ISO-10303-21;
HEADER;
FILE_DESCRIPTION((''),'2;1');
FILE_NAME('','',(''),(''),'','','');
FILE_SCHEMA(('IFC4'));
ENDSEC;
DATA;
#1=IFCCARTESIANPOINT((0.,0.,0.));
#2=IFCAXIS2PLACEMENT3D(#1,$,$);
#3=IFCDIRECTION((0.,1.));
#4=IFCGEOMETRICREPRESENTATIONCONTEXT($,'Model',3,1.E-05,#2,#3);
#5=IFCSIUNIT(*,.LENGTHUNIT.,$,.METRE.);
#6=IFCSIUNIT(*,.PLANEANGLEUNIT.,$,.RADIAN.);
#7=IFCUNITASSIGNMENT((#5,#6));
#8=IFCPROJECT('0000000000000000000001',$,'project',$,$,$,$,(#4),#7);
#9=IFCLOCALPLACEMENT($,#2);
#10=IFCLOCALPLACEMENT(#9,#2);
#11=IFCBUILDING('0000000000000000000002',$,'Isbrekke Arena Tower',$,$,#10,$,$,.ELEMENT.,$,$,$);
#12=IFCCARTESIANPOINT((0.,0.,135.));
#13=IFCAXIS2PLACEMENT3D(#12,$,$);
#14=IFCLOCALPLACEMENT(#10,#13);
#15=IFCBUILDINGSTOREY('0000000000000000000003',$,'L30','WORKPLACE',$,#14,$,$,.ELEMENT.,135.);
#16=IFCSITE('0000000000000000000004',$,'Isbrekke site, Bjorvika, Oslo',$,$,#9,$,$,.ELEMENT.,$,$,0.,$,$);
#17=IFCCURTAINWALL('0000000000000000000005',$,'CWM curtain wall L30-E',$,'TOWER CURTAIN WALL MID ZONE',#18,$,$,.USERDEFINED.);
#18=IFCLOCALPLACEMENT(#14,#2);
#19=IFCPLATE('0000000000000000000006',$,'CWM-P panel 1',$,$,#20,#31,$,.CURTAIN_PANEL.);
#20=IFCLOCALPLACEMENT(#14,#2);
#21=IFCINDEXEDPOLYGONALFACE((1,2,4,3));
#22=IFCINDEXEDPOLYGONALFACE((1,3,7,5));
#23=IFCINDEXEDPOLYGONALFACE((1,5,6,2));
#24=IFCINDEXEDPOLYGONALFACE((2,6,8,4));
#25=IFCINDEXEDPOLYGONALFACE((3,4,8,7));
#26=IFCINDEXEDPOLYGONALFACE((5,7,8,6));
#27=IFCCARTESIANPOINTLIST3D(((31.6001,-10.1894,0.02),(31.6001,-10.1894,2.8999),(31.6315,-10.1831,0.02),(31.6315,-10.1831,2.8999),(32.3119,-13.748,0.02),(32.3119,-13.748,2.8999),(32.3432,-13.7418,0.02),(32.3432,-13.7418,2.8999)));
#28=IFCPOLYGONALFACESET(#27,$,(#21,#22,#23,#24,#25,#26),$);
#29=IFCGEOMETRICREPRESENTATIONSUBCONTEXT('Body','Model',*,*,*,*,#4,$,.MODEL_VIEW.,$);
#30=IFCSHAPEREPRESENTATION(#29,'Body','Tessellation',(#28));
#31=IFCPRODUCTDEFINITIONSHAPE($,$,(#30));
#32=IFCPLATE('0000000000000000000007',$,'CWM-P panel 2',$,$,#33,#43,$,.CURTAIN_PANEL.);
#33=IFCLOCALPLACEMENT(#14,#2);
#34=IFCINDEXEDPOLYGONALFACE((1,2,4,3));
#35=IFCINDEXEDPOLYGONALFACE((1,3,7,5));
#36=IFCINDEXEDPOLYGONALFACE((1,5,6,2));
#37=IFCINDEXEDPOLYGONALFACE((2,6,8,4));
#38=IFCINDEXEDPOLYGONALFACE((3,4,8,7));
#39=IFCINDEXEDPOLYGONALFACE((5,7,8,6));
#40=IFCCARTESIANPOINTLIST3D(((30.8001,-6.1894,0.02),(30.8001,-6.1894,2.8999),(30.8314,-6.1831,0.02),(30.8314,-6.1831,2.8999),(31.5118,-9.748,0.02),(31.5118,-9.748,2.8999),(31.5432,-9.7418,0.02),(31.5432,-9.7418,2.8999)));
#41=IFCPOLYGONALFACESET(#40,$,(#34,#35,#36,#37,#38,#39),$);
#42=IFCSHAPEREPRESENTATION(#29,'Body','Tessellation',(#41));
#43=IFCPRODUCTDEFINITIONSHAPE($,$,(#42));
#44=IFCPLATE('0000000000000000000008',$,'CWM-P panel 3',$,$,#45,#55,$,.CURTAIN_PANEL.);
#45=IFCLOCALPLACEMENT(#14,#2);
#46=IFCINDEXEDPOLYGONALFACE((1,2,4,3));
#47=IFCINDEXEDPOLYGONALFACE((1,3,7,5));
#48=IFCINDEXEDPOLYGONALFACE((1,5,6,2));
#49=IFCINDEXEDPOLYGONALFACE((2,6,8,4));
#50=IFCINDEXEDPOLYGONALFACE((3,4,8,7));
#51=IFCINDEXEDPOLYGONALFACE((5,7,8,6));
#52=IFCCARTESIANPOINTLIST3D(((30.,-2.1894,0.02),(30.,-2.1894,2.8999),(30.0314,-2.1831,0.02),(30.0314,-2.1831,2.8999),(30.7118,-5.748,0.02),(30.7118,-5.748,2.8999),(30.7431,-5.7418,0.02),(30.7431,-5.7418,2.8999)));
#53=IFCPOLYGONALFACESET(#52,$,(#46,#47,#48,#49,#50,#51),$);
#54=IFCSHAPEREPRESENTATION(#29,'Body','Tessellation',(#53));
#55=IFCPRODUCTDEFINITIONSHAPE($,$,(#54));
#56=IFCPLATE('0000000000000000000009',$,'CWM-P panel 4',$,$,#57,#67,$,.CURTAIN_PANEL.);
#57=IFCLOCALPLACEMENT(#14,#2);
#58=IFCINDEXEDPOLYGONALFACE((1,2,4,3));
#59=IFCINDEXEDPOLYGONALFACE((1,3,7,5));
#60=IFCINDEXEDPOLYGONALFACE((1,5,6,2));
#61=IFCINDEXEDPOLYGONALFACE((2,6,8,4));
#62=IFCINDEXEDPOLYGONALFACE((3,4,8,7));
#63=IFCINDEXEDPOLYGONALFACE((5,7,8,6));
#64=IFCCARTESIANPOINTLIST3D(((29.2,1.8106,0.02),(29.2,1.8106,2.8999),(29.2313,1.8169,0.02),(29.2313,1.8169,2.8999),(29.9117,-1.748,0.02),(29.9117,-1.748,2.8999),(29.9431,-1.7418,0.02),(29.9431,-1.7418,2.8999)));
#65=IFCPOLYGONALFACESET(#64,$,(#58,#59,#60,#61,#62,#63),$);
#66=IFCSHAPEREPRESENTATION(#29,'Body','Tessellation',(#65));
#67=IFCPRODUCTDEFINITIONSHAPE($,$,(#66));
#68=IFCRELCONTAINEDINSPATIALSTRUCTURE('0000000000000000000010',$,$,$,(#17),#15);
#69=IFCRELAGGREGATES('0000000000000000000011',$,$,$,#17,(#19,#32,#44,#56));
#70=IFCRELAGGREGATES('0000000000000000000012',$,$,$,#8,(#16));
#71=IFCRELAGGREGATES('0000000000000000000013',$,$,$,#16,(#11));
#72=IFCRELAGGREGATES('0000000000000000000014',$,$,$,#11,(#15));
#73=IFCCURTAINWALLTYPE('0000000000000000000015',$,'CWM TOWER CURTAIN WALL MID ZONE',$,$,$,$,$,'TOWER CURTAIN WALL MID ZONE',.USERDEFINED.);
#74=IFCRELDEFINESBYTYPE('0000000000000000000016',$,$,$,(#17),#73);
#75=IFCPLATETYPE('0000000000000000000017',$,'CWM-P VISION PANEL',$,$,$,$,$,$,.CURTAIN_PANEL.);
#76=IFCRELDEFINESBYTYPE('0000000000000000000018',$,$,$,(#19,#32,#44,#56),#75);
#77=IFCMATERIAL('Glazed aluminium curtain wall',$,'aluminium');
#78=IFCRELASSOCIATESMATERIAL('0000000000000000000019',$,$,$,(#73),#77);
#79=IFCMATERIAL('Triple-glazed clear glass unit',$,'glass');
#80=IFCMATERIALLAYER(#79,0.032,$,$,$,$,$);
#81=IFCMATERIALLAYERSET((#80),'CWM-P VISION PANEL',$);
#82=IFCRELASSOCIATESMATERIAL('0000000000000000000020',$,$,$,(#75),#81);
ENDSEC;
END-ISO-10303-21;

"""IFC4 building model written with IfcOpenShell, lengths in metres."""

from ifc_helpers import new_model, si_unit, direction, frame, origin, origin_2d, place, context, subcontext, project, spatial, rectangle, extrude, material, layer, layer_set, type_object, element, aggregate, save


model = new_model("IFC4")

# Units and contexts
model_context = context("Model", 3, precision=1e-05, world=origin(), true_north=direction((0.0, 1.0)))
body_context = subcontext(model_context, "Body", "Model", "MODEL_VIEW")
ifc_project = project(units=[si_unit("LENGTHUNIT", "METRE"), si_unit("PLANEANGLEUNIT", "RADIAN")], contexts=[model_context])

# Site, building, storey
site_placement = place(None, origin())
site = spatial("IfcSite", under=ifc_project, at=site_placement, Name="Isbrekke site, Bjorvika, Oslo", CompositionType="ELEMENT", RefElevation=0.0)
building_placement = place(site_placement, origin())
building = spatial("IfcBuilding", under=site, at=building_placement, Name="Isbrekke Arena Tower", CompositionType="ELEMENT")
storey_placement = place(building_placement, frame((0.0, 0.0, 135.0)))
storey = spatial("IfcBuildingStorey", under=building, at=storey_placement, Name="L30", Description="WORKPLACE", CompositionType="ELEMENT", Elevation=135.0)

# Curtain wall
ifc_material_1 = material(Name="Glazed aluminium curtain wall", Category="aluminium")
curtain_wall_type = type_object("IfcCurtainWallType", Name="CWM TOWER CURTAIN WALL MID ZONE", ElementType="TOWER CURTAIN WALL MID ZONE", PredefinedType="USERDEFINED", material=ifc_material_1)
curtain_wall_placement = place(storey_placement, origin())
curtain_wall = element("IfcCurtainWall", 1, at=curtain_wall_placement, inside=storey, type_object=curtain_wall_type, Name="CWM curtain wall L30-E", ObjectType="TOWER CURTAIN WALL MID ZONE", PredefinedType="USERDEFINED")

# Plates
ifc_material_2 = material(Name="Triple-glazed clear glass unit", Category="glass")
ifc_layer = layer(ifc_material_2, 0.032)
ifc_layer_set = layer_set([ifc_layer], Name="CWM-P VISION PANEL")
plate_type = type_object("IfcPlateType", Name="CWM-P VISION PANEL", PredefinedType="CURTAIN_PANEL", material=ifc_layer_set)
plate_1_placement = place(storey_placement, frame((31.9717, -11.9656, 0.02), z_axis=(0.0, 0.0, 1.0), x_axis=(-0.196116, 0.980581, 0.0)))
plate_1 = element("IfcPlate", 2, at=plate_1_placement, type_object=plate_type, Name="CWM-P panel 1", PredefinedType="CURTAIN_PANEL", context=body_context, shape_type="SweptSolid", body=[
    extrude(rectangle(XDim=3.6292, YDim=0.032, at=origin_2d()), origin(), (0.0, 0.0, 1.0), 2.8799),
])
plate_2_placement = place(storey_placement, frame((31.1716, -7.9656, 0.02), z_axis=(0.0, 0.0, 1.0), x_axis=(-0.196116, 0.980581, 0.0)))
plate_2 = element("IfcPlate", 3, at=plate_2_placement, type_object=plate_type, Name="CWM-P panel 2", PredefinedType="CURTAIN_PANEL", context=body_context, shape_type="SweptSolid", body=[
    extrude(rectangle(XDim=3.6292, YDim=0.032, at=origin_2d()), origin(), (0.0, 0.0, 1.0), 2.8799),
])
plate_3_placement = place(storey_placement, frame((30.3716, -3.9656, 0.02), z_axis=(0.0, 0.0, 1.0), x_axis=(-0.196116, 0.980581, 0.0)))
plate_3 = element("IfcPlate", 4, at=plate_3_placement, type_object=plate_type, Name="CWM-P panel 3", PredefinedType="CURTAIN_PANEL", context=body_context, shape_type="SweptSolid", body=[
    extrude(rectangle(XDim=3.6292, YDim=0.032, at=origin_2d()), origin(), (0.0, 0.0, 1.0), 2.8799),
])
plate_4_placement = place(storey_placement, frame((29.5715, 0.0344, 0.02), z_axis=(0.0, 0.0, 1.0), x_axis=(-0.196116, 0.980581, 0.0)))
plate_4 = element("IfcPlate", 5, at=plate_4_placement, type_object=plate_type, Name="CWM-P panel 4", PredefinedType="CURTAIN_PANEL", context=body_context, shape_type="SweptSolid", body=[
    extrude(rectangle(XDim=3.6292, YDim=0.032, at=origin_2d()), origin(), (0.0, 0.0, 1.0), 2.8799),
])
aggregate(curtain_wall, [plate_1, plate_2, plate_3, plate_4])

save(model, "model.ifc")
